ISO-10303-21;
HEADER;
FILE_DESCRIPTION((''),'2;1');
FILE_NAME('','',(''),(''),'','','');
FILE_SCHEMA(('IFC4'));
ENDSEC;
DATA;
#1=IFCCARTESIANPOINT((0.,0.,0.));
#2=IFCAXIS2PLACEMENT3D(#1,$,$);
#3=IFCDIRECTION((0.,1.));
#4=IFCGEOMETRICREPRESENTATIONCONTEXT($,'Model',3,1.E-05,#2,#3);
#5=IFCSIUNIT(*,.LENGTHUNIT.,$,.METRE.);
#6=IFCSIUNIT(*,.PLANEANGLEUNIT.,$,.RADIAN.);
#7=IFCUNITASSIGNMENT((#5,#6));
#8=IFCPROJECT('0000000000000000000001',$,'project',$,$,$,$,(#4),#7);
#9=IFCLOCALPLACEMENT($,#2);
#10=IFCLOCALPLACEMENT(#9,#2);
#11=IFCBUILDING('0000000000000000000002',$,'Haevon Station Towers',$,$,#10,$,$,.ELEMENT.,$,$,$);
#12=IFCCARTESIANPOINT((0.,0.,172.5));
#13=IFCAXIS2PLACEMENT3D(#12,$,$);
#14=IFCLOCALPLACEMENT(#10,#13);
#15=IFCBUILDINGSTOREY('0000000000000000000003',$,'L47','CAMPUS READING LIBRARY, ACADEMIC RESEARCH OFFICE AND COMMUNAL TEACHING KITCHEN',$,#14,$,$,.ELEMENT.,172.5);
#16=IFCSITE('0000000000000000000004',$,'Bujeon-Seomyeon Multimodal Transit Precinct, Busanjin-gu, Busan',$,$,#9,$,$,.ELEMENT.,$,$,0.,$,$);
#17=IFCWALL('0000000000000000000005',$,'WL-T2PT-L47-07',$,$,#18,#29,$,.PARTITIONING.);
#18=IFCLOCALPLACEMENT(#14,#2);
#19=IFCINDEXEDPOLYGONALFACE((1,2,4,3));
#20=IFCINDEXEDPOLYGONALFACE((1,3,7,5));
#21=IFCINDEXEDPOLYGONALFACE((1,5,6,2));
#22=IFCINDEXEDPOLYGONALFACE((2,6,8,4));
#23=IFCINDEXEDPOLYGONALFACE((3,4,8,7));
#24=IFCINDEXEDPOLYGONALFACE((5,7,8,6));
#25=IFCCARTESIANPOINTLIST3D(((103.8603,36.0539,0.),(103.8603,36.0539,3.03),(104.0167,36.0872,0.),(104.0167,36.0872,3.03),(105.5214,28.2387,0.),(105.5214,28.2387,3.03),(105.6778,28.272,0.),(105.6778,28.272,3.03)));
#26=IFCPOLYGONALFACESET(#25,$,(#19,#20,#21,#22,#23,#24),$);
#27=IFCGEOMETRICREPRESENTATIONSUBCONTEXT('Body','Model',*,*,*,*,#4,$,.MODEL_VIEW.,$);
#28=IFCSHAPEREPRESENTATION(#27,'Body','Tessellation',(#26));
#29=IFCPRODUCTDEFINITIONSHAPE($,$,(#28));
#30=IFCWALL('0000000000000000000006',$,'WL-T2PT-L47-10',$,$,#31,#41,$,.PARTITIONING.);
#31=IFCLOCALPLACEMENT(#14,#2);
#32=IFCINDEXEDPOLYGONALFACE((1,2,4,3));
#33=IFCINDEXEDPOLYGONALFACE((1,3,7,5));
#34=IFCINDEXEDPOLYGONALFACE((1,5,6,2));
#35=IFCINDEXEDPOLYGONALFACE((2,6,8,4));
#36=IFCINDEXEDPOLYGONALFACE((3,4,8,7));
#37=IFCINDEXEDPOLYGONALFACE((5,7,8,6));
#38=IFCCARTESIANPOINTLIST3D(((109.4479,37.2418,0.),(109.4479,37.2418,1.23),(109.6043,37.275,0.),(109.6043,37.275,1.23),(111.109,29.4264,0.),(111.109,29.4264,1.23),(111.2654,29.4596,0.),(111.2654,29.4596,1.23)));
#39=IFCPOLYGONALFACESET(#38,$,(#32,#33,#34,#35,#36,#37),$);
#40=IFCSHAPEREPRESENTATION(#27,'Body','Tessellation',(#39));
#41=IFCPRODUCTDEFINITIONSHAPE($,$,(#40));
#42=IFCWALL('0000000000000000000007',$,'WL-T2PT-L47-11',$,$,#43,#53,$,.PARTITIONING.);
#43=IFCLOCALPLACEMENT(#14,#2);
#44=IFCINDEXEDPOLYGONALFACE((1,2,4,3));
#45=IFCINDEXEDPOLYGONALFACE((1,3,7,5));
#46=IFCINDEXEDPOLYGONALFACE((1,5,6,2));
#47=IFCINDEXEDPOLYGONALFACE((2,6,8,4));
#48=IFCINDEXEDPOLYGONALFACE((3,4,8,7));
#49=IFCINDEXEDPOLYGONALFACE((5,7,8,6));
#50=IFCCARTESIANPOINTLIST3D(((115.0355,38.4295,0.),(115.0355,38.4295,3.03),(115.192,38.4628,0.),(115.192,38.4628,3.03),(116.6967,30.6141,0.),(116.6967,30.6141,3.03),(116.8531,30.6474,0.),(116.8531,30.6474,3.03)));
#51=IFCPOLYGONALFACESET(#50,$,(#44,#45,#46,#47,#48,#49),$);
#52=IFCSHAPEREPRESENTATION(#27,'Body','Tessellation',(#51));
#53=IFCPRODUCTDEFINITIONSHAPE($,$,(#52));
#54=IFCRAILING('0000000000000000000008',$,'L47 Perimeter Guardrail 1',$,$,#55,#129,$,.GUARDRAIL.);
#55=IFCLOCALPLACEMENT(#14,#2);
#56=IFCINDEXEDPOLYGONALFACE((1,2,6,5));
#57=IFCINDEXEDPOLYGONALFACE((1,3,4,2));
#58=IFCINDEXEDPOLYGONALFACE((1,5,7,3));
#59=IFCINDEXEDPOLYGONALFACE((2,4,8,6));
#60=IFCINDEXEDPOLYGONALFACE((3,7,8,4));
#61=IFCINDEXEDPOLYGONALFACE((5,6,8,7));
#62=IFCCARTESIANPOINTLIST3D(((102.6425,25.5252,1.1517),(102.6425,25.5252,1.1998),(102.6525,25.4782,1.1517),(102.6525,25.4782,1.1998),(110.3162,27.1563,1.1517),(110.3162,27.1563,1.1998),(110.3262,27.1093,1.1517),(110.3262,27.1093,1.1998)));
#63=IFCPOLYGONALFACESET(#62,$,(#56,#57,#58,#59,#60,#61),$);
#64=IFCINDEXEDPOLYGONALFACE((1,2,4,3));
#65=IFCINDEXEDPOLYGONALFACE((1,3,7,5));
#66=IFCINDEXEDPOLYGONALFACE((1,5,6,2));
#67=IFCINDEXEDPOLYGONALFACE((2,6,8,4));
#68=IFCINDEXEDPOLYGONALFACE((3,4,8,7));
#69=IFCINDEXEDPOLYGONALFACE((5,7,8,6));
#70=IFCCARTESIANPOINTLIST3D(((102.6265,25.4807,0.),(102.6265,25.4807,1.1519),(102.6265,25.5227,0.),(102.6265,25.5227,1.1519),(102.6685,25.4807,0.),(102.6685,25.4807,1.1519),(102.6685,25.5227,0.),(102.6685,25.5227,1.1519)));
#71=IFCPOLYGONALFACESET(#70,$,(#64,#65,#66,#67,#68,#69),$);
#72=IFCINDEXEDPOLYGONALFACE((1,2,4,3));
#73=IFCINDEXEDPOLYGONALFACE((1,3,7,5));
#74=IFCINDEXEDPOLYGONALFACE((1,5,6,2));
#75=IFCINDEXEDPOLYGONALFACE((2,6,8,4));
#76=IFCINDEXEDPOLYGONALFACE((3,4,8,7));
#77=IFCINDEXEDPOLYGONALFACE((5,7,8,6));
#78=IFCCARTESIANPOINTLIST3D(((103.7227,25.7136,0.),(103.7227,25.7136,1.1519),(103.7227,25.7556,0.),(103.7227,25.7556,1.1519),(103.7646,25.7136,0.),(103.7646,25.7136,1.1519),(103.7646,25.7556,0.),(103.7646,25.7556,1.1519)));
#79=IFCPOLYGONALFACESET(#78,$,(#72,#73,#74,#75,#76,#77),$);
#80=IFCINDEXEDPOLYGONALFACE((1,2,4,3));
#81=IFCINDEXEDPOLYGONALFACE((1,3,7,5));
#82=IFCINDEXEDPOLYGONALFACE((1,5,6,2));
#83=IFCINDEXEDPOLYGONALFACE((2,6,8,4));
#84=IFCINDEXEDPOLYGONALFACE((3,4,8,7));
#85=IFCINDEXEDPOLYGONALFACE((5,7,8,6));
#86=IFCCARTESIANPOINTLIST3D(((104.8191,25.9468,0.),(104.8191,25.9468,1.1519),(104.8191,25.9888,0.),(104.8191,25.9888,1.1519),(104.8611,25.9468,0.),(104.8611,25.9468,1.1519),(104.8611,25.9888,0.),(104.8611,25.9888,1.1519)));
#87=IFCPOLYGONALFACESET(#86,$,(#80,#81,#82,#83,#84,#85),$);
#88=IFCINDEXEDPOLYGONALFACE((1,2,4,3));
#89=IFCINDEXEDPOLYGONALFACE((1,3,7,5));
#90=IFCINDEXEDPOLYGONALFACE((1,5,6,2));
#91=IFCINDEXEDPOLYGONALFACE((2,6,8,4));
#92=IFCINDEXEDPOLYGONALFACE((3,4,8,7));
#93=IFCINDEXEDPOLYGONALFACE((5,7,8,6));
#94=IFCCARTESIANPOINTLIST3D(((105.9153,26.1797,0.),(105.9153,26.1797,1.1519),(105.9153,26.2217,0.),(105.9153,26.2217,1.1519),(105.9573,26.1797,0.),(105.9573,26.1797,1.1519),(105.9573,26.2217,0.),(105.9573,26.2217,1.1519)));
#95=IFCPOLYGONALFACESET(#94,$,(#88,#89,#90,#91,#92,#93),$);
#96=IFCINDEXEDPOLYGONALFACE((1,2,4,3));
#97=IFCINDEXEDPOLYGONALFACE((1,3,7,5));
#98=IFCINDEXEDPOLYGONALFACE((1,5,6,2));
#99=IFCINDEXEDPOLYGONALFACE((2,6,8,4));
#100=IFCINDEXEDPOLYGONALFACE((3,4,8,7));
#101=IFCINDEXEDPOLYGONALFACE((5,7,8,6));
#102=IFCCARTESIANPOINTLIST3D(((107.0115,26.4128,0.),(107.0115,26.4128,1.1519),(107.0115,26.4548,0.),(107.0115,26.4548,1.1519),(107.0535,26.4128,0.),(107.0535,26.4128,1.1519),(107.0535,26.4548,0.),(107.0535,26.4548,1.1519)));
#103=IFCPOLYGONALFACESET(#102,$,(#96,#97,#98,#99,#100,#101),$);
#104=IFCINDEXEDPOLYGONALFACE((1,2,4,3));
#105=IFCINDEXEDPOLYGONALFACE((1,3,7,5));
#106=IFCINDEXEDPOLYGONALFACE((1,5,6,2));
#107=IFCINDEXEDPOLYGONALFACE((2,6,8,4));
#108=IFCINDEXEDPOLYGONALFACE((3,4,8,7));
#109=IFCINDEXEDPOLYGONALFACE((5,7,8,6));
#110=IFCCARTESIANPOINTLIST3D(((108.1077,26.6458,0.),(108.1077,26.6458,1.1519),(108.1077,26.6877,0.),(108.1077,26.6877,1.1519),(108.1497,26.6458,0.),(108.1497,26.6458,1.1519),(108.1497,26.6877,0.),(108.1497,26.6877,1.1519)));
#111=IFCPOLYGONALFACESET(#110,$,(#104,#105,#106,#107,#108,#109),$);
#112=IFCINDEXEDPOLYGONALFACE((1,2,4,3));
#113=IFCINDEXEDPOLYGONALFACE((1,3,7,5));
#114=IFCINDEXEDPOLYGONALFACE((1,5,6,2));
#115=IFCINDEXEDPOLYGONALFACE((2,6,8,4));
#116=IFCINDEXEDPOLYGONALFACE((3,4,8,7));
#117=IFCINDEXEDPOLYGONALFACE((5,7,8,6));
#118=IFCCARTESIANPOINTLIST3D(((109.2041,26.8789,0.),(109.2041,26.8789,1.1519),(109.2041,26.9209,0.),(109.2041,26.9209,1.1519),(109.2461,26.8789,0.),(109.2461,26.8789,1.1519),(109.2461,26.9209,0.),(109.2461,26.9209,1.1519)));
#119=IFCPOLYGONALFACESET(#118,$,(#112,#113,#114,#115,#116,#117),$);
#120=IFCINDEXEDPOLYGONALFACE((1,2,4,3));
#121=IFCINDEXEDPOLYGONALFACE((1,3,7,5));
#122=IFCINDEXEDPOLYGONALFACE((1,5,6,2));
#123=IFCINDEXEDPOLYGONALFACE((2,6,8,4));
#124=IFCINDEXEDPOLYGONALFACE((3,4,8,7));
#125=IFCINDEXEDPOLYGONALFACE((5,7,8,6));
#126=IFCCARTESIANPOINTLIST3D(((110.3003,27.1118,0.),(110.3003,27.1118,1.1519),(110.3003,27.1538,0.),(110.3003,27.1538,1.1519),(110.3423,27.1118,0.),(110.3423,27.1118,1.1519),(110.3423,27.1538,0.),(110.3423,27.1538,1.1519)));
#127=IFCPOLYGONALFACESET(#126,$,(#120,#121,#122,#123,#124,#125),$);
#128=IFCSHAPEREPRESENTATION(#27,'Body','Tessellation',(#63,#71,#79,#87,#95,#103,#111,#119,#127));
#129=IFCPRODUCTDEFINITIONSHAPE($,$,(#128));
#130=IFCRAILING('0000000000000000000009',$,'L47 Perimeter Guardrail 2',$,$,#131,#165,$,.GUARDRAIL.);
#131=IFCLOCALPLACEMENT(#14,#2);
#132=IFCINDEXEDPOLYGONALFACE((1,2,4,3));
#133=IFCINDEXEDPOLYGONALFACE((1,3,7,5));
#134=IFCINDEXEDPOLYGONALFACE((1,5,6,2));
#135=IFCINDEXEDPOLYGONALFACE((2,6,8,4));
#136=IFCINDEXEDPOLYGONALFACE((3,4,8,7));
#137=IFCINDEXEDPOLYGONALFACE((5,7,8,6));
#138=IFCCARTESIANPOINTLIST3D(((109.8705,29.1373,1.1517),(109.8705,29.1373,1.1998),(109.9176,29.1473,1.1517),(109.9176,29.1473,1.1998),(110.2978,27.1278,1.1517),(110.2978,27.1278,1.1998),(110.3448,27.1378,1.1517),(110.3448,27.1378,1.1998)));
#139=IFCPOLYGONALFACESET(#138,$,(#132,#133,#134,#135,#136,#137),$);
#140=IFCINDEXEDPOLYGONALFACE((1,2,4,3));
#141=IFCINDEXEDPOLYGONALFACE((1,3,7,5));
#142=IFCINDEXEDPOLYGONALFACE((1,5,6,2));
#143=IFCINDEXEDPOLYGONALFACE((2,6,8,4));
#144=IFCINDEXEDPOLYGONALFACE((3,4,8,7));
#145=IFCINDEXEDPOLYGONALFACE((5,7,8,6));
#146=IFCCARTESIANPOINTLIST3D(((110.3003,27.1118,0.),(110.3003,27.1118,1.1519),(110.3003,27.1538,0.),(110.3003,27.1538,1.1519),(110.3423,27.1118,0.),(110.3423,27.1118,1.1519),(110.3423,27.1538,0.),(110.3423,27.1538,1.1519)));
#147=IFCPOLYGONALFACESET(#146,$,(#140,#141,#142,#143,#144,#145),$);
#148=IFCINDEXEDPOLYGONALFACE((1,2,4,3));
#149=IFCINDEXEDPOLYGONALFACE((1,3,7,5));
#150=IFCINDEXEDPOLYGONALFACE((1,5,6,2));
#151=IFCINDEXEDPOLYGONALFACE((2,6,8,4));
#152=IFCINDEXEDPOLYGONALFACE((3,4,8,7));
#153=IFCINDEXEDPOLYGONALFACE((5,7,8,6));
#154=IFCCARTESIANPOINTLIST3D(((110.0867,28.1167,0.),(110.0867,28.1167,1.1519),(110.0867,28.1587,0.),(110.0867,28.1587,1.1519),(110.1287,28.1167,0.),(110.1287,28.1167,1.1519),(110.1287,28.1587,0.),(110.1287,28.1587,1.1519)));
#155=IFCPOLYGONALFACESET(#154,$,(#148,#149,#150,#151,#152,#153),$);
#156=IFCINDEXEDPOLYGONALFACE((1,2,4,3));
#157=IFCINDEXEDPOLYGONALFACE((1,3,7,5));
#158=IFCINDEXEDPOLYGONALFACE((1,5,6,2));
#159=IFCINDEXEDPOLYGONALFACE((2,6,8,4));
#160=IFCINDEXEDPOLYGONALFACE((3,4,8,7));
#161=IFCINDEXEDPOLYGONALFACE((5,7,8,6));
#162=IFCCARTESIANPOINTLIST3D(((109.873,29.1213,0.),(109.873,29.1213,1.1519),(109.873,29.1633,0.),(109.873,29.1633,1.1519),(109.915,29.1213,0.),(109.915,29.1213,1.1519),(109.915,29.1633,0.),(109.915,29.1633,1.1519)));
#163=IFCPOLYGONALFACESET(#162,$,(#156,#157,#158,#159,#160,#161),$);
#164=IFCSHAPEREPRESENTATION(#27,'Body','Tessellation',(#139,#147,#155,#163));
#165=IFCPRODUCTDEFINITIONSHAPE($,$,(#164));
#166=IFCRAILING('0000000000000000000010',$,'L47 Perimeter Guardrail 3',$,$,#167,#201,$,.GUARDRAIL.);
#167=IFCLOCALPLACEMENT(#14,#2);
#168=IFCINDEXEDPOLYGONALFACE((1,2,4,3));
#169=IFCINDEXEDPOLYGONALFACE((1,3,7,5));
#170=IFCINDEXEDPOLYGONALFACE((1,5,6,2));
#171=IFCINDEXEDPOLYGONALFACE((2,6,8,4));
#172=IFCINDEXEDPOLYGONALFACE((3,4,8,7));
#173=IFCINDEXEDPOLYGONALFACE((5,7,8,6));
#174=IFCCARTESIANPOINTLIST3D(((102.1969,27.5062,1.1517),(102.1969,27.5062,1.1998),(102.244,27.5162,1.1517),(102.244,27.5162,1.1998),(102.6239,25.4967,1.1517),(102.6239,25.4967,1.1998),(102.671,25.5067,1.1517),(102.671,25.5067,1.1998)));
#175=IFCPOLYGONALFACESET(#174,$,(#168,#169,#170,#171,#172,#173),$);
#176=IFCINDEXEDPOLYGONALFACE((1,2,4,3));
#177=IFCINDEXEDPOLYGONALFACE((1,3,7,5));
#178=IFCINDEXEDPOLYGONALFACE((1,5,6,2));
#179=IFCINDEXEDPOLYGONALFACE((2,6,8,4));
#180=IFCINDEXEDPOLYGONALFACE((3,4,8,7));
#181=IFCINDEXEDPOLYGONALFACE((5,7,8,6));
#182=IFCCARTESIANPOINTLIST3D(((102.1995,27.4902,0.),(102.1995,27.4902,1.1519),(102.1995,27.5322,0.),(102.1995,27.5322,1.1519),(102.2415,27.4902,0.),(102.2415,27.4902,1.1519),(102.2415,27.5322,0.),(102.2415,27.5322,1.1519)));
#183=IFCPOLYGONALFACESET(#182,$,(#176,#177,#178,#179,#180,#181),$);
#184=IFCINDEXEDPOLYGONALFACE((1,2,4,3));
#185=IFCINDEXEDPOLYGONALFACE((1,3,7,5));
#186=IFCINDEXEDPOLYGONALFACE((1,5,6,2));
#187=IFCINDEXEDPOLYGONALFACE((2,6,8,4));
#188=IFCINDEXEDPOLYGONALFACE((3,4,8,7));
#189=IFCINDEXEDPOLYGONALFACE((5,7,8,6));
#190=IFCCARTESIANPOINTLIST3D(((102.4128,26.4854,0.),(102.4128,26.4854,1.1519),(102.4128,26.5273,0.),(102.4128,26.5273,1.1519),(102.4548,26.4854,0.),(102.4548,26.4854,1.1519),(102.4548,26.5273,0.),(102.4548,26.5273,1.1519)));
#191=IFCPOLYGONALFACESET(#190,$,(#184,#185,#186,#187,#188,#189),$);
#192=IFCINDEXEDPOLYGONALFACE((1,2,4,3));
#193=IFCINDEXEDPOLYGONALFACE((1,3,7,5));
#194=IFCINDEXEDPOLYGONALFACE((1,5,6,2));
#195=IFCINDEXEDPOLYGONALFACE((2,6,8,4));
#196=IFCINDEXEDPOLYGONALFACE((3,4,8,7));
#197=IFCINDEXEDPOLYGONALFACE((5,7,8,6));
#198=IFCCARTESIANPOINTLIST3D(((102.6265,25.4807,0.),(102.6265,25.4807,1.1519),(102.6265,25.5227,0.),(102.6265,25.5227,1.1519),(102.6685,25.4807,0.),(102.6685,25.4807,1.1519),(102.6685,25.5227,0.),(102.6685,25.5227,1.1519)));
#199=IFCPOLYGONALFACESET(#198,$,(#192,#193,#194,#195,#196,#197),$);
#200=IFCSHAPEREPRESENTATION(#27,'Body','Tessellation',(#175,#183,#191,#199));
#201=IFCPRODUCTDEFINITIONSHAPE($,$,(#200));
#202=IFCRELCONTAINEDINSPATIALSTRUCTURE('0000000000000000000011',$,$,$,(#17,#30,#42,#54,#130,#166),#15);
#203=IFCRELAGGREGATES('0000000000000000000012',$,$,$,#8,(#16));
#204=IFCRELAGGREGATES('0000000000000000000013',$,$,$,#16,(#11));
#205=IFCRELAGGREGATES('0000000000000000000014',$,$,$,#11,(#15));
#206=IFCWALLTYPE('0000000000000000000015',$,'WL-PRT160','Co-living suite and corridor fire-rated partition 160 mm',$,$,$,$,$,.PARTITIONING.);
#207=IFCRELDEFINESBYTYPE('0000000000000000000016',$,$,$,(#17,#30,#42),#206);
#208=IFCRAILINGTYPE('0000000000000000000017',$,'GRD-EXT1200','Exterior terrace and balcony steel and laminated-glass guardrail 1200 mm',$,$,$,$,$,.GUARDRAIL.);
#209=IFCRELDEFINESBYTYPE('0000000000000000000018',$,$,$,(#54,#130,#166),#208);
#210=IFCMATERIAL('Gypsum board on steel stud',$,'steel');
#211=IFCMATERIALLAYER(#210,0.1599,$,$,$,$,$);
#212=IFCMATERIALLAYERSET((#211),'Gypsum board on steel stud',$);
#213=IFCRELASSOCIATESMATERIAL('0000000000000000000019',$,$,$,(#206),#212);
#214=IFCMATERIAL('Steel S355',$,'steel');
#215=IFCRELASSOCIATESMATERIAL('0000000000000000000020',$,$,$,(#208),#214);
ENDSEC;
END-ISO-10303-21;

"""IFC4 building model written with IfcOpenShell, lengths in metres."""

from ifc_helpers import new_model, si_unit, direction, frame, frame_2d, origin, origin_2d, place, context, subcontext, project, spatial, rectangle, extrude, material, layer, layer_set, type_object, element, save


model = new_model("IFC4")

# Units and contexts
model_context = context("Model", 3, precision=1e-05, world=origin(), true_north=direction((0.0, 1.0)))
body_context = subcontext(model_context, "Body", "Model", "MODEL_VIEW")
ifc_project = project(units=[si_unit("LENGTHUNIT", "METRE"), si_unit("PLANEANGLEUNIT", "RADIAN")], contexts=[model_context])

# Site, building, storey
site_placement = place(None, origin())
site = spatial("IfcSite", under=ifc_project, at=site_placement, Name="Bujeon-Seomyeon Multimodal Transit Precinct, Busanjin-gu, Busan", CompositionType="ELEMENT", RefElevation=0.0)
building_placement = place(site_placement, origin())
building = spatial("IfcBuilding", under=site, at=building_placement, Name="Haevon Station Towers", CompositionType="ELEMENT")
storey_placement = place(building_placement, frame((0.0, 0.0, 172.5)))
storey = spatial("IfcBuildingStorey", under=building, at=storey_placement, Name="L47", Description="CAMPUS READING LIBRARY, ACADEMIC RESEARCH OFFICE AND COMMUNAL TEACHING KITCHEN", CompositionType="ELEMENT", Elevation=172.5)

# Shared definitions
ifc_material_1 = material(Name="Steel S355", Category="steel")

# Shared definitions
ifc_material_2 = material(Name="Gypsum board on steel stud", Category="steel")

# Walls
ifc_layer_1 = layer(ifc_material_2, 0.1599)
ifc_layer_set_1 = layer_set([ifc_layer_1], Name="Gypsum board on steel stud")
wall_type_1 = type_object("IfcWallType", Name="WL-PRT160", Description="Co-living suite and corridor fire-rated partition 160 mm", PredefinedType="PARTITIONING", material=ifc_layer_set_1)
wall_1_placement = place(storey_placement, frame((105.5996, 28.2554, 0.0), z_axis=(0.0, 0.0, 1.0), x_axis=(-0.207907, 0.978149, 0.0)))
element("IfcWall", 1, at=wall_1_placement, inside=storey, type_object=wall_type_1, Name="WL-T2PT-L47-07", PredefinedType="PARTITIONING", context=body_context, shape_type="SweptSolid", body=[
    extrude(rectangle(XDim=7.9897, YDim=0.1599, at=frame_2d((3.9949, 0.0))), origin(), (0.0, 0.0, 1.0), 3.03),
])
wall_2_placement = place(storey_placement, frame((111.1873, 29.4429, 0.0), z_axis=(0.0, 0.0, 1.0), x_axis=(-0.207901, 0.97815, 0.0)))
element("IfcWall", 2, at=wall_2_placement, inside=storey, type_object=wall_type_1, Name="WL-T2PT-L47-10", PredefinedType="PARTITIONING", context=body_context, shape_type="SweptSolid", body=[
    extrude(rectangle(XDim=7.99, YDim=0.1599, at=frame_2d((3.9951, 0.0))), origin(), (0.0, 0.0, 1.0), 1.23),
])
wall_3_placement = place(storey_placement, frame((116.7749, 30.6306, 0.0), z_axis=(0.0, 0.0, 1.0), x_axis=(-0.207901, 0.97815, 0.0)))
element("IfcWall", 3, at=wall_3_placement, inside=storey, type_object=wall_type_1, Name="WL-T2PT-L47-11", PredefinedType="PARTITIONING", context=body_context, shape_type="SweptSolid", body=[
    extrude(rectangle(XDim=7.99, YDim=0.1599, at=frame_2d((3.9951, 0.0))), origin(), (0.0, 0.0, 1.0), 3.03),
])

# Railings
railing_type_1 = type_object("IfcRailingType", Name="GRD-EXT1200", Description="Exterior terrace and balcony steel and laminated-glass guardrail 1200 mm", PredefinedType="GUARDRAIL", material=ifc_material_1)
railing_1_placement = place(storey_placement, frame((102.6475, 25.5017, 0.0)))
element("IfcRailing", 4, at=railing_1_placement, inside=storey, type_object=railing_type_1, Name="L47 Perimeter Guardrail 1", PredefinedType="GUARDRAIL", context=body_context, shape_type="SweptSolid", body=[
    extrude(rectangle(XDim=0.0481, YDim=0.0481, at=origin_2d()), frame((0.0, 0.0, 1.1758), z_axis=(0.978148, 0.207909, 0.0), x_axis=(-0.207909, 0.978148, 0.0)), (0.0, 0.0, 1.0), 7.8452),
    extrude(rectangle(XDim=0.042, YDim=0.042, at=origin_2d()), origin(), (0.0, 0.0, 1.0), 1.1519),
    extrude(rectangle(XDim=0.042, YDim=0.042, at=origin_2d()), frame((1.0962, 0.2329, 0.0)), (0.0, 0.0, 1.0), 1.1519),
    extrude(rectangle(XDim=0.042, YDim=0.042, at=origin_2d()), frame((2.1926, 0.4661, 0.0)), (0.0, 0.0, 1.0), 1.1519),
    extrude(rectangle(XDim=0.042, YDim=0.042, at=origin_2d()), frame((3.2888, 0.699, 0.0)), (0.0, 0.0, 1.0), 1.1519),
    extrude(rectangle(XDim=0.042, YDim=0.042, at=origin_2d()), frame((4.385, 0.9321, 0.0)), (0.0, 0.0, 1.0), 1.1519),
    extrude(rectangle(XDim=0.042, YDim=0.042, at=origin_2d()), frame((5.4812, 1.165, 0.0)), (0.0, 0.0, 1.0), 1.1519),
    extrude(rectangle(XDim=0.042, YDim=0.042, at=origin_2d()), frame((6.5776, 1.3982, 0.0)), (0.0, 0.0, 1.0), 1.1519),
    extrude(rectangle(XDim=0.042, YDim=0.042, at=origin_2d()), frame((7.6738, 1.6311, 0.0)), (0.0, 0.0, 1.0), 1.1519),
])
railing_2_placement = place(storey_placement, frame((110.3213, 27.1328, 0.0)))
element("IfcRailing", 5, at=railing_2_placement, inside=storey, type_object=railing_type_1, Name="L47 Perimeter Guardrail 2", PredefinedType="GUARDRAIL", context=body_context, shape_type="SweptSolid", body=[
    extrude(rectangle(XDim=0.0481, YDim=0.0481, at=origin_2d()), frame((0.0, 0.0, 1.1758), z_axis=(-0.207963, 0.978137, 0.0), x_axis=(-0.978137, -0.207963, 0.0)), (0.0, 0.0, 1.0), 2.0544),
    extrude(rectangle(XDim=0.042, YDim=0.042, at=origin_2d()), origin(), (0.0, 0.0, 1.0), 1.1519),
    extrude(rectangle(XDim=0.042, YDim=0.042, at=origin_2d()), frame((-0.2136, 1.0049, 0.0)), (0.0, 0.0, 1.0), 1.1519),
    extrude(rectangle(XDim=0.042, YDim=0.042, at=origin_2d()), frame((-0.4272, 2.0095, 0.0)), (0.0, 0.0, 1.0), 1.1519),
])
railing_3_placement = place(storey_placement, frame((102.2205, 27.5112, 0.0)))
element("IfcRailing", 6, at=railing_3_placement, inside=storey, type_object=railing_type_1, Name="L47 Perimeter Guardrail 3", PredefinedType="GUARDRAIL", context=body_context, shape_type="SweptSolid", body=[
    extrude(rectangle(XDim=0.0481, YDim=0.0481, at=origin_2d()), frame((0.0, 0.0, 1.1758), z_axis=(0.207849, -0.978161, 0.0), x_axis=(0.978161, 0.207849, 0.0)), (0.0, 0.0, 1.0), 2.0544),
    extrude(rectangle(XDim=0.042, YDim=0.042, at=origin_2d()), origin(), (0.0, 0.0, 1.0), 1.1519),
    extrude(rectangle(XDim=0.042, YDim=0.042, at=origin_2d()), frame((0.2134, -1.0049, 0.0)), (0.0, 0.0, 1.0), 1.1519),
    extrude(rectangle(XDim=0.042, YDim=0.042, at=origin_2d()), frame((0.427, -2.0095, 0.0)), (0.0, 0.0, 1.0), 1.1519),
])

save(model, "model.ifc")
